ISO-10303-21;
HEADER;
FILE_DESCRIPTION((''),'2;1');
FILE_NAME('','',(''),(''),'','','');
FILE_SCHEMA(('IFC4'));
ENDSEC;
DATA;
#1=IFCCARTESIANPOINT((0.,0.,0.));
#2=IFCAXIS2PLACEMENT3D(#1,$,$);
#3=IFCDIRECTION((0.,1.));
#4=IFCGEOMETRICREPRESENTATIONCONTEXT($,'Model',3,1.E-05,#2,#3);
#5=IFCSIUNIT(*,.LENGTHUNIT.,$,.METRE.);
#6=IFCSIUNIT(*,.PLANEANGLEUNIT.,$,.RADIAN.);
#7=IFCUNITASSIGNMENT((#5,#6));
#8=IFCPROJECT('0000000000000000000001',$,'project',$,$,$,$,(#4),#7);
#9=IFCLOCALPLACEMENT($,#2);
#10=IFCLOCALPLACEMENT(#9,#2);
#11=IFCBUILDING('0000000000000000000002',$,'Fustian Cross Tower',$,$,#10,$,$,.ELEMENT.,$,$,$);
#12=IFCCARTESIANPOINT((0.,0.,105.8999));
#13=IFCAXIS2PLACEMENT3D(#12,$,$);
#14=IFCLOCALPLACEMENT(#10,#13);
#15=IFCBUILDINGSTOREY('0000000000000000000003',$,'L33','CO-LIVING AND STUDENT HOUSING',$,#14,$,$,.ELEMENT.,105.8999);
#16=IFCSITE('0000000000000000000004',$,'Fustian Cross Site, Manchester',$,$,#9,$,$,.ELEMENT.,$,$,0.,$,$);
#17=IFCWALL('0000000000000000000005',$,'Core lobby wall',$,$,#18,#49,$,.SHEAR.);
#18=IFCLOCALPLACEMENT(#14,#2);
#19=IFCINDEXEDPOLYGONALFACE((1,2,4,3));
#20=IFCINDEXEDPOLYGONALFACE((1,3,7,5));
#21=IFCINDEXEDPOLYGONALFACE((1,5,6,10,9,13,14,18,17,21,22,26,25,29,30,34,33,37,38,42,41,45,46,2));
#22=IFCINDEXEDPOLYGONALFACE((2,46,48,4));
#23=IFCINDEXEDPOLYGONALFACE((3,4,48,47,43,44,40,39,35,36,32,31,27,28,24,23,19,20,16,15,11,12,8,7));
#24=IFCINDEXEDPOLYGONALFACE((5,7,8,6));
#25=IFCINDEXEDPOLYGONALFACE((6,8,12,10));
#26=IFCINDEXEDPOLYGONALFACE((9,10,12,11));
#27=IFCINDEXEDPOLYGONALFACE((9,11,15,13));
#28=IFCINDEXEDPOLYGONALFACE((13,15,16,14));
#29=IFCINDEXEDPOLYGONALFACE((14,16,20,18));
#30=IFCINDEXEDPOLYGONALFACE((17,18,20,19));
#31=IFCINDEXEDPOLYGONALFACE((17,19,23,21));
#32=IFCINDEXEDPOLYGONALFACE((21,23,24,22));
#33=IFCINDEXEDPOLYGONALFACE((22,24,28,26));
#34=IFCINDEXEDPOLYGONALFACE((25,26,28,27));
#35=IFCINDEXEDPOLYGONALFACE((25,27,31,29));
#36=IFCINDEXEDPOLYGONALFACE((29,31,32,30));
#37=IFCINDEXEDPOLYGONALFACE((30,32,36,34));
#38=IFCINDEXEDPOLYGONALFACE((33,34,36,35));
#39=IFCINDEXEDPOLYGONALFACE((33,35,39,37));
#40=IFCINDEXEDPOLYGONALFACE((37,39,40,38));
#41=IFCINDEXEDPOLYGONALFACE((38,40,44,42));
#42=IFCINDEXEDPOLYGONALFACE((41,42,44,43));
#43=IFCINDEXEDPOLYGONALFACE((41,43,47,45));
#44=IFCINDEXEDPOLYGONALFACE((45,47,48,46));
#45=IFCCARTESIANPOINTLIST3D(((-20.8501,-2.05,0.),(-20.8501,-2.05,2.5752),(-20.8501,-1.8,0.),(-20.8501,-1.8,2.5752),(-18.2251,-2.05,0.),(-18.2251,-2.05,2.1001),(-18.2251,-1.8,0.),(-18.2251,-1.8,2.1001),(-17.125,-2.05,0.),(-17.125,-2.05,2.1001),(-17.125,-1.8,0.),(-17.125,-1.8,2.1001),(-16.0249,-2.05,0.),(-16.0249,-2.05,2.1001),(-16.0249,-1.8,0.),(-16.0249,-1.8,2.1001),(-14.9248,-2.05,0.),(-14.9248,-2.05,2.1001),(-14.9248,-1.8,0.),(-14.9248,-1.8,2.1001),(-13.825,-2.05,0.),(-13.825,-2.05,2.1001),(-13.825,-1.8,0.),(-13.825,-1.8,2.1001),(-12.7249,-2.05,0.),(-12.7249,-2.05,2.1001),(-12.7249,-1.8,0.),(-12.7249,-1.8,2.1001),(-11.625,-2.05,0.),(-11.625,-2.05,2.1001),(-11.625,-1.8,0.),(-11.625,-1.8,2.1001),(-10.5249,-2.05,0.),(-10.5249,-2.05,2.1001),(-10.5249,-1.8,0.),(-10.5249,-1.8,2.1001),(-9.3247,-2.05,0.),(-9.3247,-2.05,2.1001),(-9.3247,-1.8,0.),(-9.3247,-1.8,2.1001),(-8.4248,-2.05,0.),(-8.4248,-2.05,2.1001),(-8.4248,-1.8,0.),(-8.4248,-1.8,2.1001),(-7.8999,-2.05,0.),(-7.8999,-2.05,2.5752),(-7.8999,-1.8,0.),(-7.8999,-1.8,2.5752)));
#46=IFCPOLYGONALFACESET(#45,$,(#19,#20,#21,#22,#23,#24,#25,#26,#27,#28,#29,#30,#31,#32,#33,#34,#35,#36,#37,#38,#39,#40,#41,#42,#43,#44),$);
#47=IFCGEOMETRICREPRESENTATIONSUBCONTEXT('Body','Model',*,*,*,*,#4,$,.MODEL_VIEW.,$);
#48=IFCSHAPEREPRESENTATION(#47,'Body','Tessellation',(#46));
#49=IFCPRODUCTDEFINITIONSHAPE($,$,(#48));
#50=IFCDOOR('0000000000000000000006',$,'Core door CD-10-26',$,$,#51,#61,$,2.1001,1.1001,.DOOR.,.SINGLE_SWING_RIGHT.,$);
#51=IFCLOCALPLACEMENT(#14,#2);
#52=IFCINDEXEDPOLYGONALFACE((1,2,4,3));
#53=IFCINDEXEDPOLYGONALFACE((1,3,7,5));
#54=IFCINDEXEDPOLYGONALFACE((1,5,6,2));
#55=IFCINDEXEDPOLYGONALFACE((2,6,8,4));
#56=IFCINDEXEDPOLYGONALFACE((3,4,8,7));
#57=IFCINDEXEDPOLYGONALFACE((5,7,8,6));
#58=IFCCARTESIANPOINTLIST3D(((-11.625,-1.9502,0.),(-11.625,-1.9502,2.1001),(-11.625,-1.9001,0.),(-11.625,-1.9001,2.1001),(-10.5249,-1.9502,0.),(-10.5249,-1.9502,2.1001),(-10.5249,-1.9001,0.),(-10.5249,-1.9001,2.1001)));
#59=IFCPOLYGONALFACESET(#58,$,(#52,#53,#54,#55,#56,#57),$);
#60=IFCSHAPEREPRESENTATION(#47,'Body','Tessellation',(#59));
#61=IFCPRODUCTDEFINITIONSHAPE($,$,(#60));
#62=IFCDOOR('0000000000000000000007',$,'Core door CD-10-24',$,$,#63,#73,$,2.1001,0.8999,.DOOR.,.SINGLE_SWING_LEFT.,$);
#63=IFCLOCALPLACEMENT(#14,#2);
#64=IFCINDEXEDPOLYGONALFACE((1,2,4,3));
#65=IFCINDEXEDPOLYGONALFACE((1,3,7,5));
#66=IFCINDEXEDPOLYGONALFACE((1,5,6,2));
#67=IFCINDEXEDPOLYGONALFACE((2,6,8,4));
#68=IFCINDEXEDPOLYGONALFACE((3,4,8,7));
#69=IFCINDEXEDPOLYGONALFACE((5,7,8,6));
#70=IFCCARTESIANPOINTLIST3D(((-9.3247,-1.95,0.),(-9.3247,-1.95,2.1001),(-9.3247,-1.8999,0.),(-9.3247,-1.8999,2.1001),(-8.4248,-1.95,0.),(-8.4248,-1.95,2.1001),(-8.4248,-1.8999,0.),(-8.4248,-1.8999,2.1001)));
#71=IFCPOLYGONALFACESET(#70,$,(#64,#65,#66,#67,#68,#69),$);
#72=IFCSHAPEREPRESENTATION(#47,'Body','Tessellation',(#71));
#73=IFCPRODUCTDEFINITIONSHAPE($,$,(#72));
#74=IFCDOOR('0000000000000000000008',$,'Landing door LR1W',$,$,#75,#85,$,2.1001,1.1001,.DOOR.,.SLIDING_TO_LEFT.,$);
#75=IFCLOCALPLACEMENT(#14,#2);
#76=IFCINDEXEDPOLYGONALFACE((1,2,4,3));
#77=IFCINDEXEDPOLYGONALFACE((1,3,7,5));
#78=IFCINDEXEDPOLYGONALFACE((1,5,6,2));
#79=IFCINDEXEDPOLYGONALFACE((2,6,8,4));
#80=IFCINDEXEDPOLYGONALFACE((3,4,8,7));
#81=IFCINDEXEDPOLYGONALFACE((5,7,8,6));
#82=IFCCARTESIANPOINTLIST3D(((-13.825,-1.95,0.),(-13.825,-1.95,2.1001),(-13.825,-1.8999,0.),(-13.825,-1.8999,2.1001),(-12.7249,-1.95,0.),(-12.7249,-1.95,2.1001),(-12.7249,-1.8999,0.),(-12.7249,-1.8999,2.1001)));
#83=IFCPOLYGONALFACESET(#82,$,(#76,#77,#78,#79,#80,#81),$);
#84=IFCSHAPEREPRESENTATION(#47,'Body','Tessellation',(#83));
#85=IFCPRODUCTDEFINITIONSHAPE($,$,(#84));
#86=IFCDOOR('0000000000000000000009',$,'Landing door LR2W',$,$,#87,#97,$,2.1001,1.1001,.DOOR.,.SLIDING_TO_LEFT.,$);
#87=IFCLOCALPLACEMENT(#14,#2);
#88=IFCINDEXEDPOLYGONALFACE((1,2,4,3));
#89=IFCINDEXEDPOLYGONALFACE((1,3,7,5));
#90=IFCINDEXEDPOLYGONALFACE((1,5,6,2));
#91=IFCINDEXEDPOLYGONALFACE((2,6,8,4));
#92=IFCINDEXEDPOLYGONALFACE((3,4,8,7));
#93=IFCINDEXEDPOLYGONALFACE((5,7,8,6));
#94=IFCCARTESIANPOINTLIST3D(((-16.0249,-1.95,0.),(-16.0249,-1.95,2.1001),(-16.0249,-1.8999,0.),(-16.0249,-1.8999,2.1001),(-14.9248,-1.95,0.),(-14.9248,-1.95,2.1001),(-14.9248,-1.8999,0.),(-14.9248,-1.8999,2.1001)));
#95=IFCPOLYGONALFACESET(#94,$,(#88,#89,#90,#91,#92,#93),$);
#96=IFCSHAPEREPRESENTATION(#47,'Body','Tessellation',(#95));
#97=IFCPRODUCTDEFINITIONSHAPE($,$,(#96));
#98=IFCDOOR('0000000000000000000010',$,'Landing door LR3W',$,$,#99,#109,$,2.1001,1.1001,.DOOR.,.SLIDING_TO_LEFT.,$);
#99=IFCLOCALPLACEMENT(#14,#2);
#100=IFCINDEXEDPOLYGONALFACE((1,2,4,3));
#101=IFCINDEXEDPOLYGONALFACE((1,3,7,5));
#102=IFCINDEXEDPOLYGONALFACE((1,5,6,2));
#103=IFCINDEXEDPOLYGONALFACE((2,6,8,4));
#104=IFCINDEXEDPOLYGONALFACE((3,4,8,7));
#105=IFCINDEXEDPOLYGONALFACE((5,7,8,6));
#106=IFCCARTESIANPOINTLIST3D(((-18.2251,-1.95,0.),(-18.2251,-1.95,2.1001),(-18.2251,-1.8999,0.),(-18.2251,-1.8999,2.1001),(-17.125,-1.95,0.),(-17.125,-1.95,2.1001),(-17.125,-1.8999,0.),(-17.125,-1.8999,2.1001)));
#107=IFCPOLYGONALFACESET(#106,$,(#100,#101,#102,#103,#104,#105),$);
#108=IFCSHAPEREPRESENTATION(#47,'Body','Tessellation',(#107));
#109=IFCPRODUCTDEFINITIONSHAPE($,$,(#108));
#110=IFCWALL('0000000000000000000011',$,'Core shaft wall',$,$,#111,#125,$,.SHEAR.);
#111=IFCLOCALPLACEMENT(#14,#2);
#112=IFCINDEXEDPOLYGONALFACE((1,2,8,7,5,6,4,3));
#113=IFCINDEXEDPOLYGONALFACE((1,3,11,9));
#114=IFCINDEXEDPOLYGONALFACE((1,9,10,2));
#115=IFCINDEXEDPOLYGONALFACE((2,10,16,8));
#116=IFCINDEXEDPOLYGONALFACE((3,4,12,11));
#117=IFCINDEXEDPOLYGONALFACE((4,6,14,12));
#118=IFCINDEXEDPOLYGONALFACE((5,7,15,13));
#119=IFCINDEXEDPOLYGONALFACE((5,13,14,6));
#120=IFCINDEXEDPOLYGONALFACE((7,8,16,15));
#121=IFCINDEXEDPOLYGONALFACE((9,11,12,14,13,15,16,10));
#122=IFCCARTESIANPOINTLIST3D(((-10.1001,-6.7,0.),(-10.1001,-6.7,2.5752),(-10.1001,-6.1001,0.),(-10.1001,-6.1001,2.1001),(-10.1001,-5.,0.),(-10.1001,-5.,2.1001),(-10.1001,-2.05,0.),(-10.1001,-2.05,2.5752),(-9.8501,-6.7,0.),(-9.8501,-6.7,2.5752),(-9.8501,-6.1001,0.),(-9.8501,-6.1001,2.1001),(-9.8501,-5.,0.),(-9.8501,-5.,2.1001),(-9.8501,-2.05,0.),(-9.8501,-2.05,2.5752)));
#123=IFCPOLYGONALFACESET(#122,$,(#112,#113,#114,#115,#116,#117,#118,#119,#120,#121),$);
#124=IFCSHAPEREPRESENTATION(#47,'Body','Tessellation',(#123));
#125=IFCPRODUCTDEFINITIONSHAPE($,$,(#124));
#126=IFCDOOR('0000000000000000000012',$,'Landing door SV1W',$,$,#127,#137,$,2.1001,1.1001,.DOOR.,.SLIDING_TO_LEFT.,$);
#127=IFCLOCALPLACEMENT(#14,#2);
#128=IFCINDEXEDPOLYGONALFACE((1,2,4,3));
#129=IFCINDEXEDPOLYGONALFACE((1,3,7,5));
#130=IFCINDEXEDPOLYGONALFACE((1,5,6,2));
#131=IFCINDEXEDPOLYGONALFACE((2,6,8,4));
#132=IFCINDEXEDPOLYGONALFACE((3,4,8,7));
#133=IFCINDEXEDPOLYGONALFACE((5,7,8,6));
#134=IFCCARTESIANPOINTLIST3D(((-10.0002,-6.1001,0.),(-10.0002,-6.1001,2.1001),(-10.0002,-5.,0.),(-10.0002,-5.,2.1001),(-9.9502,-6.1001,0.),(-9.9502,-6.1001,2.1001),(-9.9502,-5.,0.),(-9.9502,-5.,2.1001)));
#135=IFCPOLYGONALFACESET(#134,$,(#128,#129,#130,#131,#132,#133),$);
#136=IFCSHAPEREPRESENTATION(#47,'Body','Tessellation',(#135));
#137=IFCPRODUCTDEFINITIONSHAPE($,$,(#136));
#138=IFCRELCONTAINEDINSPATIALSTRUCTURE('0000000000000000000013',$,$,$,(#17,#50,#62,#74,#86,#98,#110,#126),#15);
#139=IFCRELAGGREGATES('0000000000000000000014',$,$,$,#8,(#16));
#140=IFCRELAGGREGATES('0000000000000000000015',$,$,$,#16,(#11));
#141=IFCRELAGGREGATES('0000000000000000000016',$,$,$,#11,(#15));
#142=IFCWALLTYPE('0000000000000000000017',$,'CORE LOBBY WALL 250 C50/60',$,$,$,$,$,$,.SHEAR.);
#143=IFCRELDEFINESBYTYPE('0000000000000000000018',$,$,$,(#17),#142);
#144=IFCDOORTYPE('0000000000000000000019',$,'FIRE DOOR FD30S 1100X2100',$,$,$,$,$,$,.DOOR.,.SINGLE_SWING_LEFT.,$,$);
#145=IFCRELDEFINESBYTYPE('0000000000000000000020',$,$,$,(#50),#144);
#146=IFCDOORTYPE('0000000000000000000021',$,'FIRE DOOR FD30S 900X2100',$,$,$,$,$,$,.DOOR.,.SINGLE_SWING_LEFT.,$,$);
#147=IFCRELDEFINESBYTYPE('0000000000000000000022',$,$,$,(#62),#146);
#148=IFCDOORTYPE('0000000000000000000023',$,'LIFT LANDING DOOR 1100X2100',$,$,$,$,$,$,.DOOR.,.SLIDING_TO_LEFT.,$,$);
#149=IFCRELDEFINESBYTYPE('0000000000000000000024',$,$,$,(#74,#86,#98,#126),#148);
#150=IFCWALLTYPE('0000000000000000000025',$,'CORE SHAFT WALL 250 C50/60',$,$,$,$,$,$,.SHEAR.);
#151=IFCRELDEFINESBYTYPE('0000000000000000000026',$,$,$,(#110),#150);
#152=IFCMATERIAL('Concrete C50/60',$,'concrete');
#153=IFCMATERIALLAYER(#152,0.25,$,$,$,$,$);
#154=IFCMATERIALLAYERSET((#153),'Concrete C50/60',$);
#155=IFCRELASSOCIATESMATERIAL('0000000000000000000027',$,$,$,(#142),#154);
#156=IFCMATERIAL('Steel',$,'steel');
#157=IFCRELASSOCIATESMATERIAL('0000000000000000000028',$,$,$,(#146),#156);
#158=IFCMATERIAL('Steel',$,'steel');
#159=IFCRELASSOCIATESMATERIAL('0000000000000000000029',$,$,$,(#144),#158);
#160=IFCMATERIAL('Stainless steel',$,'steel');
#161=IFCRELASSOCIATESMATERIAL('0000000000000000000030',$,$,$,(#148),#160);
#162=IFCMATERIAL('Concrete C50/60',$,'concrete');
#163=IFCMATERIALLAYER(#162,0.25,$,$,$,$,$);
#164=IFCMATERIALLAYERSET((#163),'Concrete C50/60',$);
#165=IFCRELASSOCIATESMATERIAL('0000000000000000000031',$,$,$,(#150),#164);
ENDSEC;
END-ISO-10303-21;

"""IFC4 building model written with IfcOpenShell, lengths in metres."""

from ifc_helpers import new_model, si_unit, direction, frame, frame_2d, origin, place, context, subcontext, project, spatial, rectangle, extrude, material, layer, layer_set, type_object, element, fill, save


model = new_model("IFC4")

# Units and contexts
model_context = context("Model", 3, precision=1e-05, world=origin(), true_north=direction((0.0, 1.0)))
body_context = subcontext(model_context, "Body", "Model", "MODEL_VIEW")
ifc_project = project(units=[si_unit("LENGTHUNIT", "METRE"), si_unit("PLANEANGLEUNIT", "RADIAN")], contexts=[model_context])

# Site, building, storey
site_placement = place(None, origin())
site = spatial("IfcSite", under=ifc_project, at=site_placement, Name="Fustian Cross Site, Manchester", CompositionType="ELEMENT", RefElevation=0.0)
building_placement = place(site_placement, origin())
building = spatial("IfcBuilding", under=site, at=building_placement, Name="Fustian Cross Tower", CompositionType="ELEMENT")
storey_placement = place(building_placement, frame((0.0, 0.0, 105.8999)))
storey = spatial("IfcBuildingStorey", under=building, at=storey_placement, Name="L33", Description="CO-LIVING AND STUDENT HOUSING", CompositionType="ELEMENT", Elevation=105.8999)

# Wall, openings, doors
ifc_material_1 = material(Name="Concrete C50/60", Category="concrete")
ifc_layer_1 = layer(ifc_material_1, 0.25)
ifc_layer_set_1 = layer_set([ifc_layer_1], Name="Concrete C50/60")
wall_type_1 = type_object("IfcWallType", Name="CORE LOBBY WALL 250 C50/60", PredefinedType="SHEAR", material=ifc_layer_set_1)
ifc_material_2 = material(Name="Steel", Category="steel")
door_type_1 = type_object("IfcDoorType", Name="FIRE DOOR FD30S 900X2100", OperationType="SINGLE_SWING_LEFT", PredefinedType="DOOR", material=ifc_material_2)
wall_1_placement = place(storey_placement, frame((-7.8999, -1.925, 0.0), z_axis=(0.0, 0.0, 1.0), x_axis=(-1.0, 0.0, 0.0)))
wall_1 = element("IfcWall", 1, at=wall_1_placement, inside=storey, type_object=wall_type_1, Name="Core lobby wall", PredefinedType="SHEAR", context=body_context, shape_type="SweptSolid", body=[
    extrude(rectangle(XDim=12.9502, YDim=0.25, at=frame_2d((6.4751, 0.0))), origin(), (0.0, 0.0, 1.0), 2.5752),
])
opening_1_placement = place(wall_1_placement, frame((4.825, 0.0, 0.0)))
opening_1 = element("IfcOpeningElement", 2, at=opening_1_placement, cuts=wall_1, PredefinedType="OPENING", context=body_context, shape_type="SweptSolid", body=[
    extrude(rectangle(XDim=1.1001, YDim=2.1001, at=frame_2d((0.55, 1.05))), frame((0.0, 0.135, 0.0), z_axis=(0.0, -1.0, 0.0), x_axis=(1.0, 0.0, 0.0)), (0.0, 0.0, 1.0), 0.27),
])
opening_2_placement = place(wall_1_placement, frame((7.0249, 0.0, 0.0)))
opening_2 = element("IfcOpeningElement", 3, at=opening_2_placement, cuts=wall_1, PredefinedType="OPENING", context=body_context, shape_type="SweptSolid", body=[
    extrude(rectangle(XDim=1.1001, YDim=2.1001, at=frame_2d((0.55, 1.05))), frame((0.0, 0.135, 0.0), z_axis=(0.0, -1.0, 0.0), x_axis=(1.0, 0.0, 0.0)), (0.0, 0.0, 1.0), 0.27),
])
opening_3_placement = place(wall_1_placement, frame((9.2251, 0.0, 0.0)))
opening_3 = element("IfcOpeningElement", 4, at=opening_3_placement, cuts=wall_1, PredefinedType="OPENING", context=body_context, shape_type="SweptSolid", body=[
    extrude(rectangle(XDim=1.1001, YDim=2.1001, at=frame_2d((0.55, 1.05))), frame((0.0, 0.135, 0.0), z_axis=(0.0, -1.0, 0.0), x_axis=(1.0, 0.0, 0.0)), (0.0, 0.0, 1.0), 0.27),
])
opening_4_placement = place(wall_1_placement, frame((0.5249, 0.0, 0.0)))
opening_4 = element("IfcOpeningElement", 5, at=opening_4_placement, cuts=wall_1, PredefinedType="OPENING", context=body_context, shape_type="SweptSolid", body=[
    extrude(rectangle(XDim=0.8999, YDim=2.1001, at=frame_2d((0.45, 1.05))), frame((0.0, 0.135, 0.0), z_axis=(0.0, -1.0, 0.0), x_axis=(1.0, 0.0, 0.0)), (0.0, 0.0, 1.0), 0.27),
])
opening_5_placement = place(wall_1_placement, frame((2.625, 0.0, 0.0)))
opening_5 = element("IfcOpeningElement", 6, at=opening_5_placement, cuts=wall_1, PredefinedType="OPENING", context=body_context, shape_type="SweptSolid", body=[
    extrude(rectangle(XDim=1.1001, YDim=2.1001, at=frame_2d((0.55, 1.05))), frame((0.0, 0.135, 0.0), z_axis=(0.0, -1.0, 0.0), x_axis=(1.0, 0.0, 0.0)), (0.0, 0.0, 1.0), 0.27),
])
ifc_material_3 = material(Name="Steel", Category="steel")
door_type_2 = type_object("IfcDoorType", Name="FIRE DOOR FD30S 1100X2100", OperationType="SINGLE_SWING_LEFT", PredefinedType="DOOR", material=ifc_material_3)
door_1_placement = place(opening_5_placement, frame((1.1001, 0.0, 0.0), z_axis=(0.0, 0.0, 1.0), x_axis=(-1.0, 0.0, 0.0)))
door_1 = element("IfcDoor", 7, at=door_1_placement, inside=storey, type_object=door_type_2, Name="Core door CD-10-26", OperationType="SINGLE_SWING_RIGHT", OverallHeight=2.1001, OverallWidth=1.1001, PredefinedType="DOOR", context=body_context, shape_type="SweptSolid", body=[
    extrude(rectangle(XDim=1.1001, YDim=2.1001, at=frame_2d((0.55, 1.05))), frame((0.0, 0.0249, 0.0), z_axis=(0.0, -1.0, 0.0), x_axis=(1.0, 0.0, 0.0)), (0.0, 0.0, 1.0), 0.05),
])
fill(opening_5, door_1)
door_2_placement = place(opening_4_placement, origin())
door_2 = element("IfcDoor", 8, at=door_2_placement, inside=storey, type_object=door_type_1, Name="Core door CD-10-24", OperationType="SINGLE_SWING_LEFT", OverallHeight=2.1001, OverallWidth=0.8999, PredefinedType="DOOR", context=body_context, shape_type="SweptSolid", body=[
    extrude(rectangle(XDim=0.8999, YDim=2.1001, at=frame_2d((0.45, 1.05))), frame((0.0, 0.0249, 0.0), z_axis=(0.0, -1.0, 0.0), x_axis=(1.0, 0.0, 0.0)), (0.0, 0.0, 1.0), 0.05),
])
fill(opening_4, door_2)
ifc_material_4 = material(Name="Stainless steel", Category="steel")
door_type_3 = type_object("IfcDoorType", Name="LIFT LANDING DOOR 1100X2100", OperationType="SLIDING_TO_LEFT", PredefinedType="DOOR", material=ifc_material_4)
door_3_placement = place(opening_1_placement, origin())
door_3 = element("IfcDoor", 9, at=door_3_placement, inside=storey, type_object=door_type_3, Name="Landing door LR1W", OperationType="SLIDING_TO_LEFT", OverallHeight=2.1001, OverallWidth=1.1001, PredefinedType="DOOR", context=body_context, shape_type="SweptSolid", body=[
    extrude(rectangle(XDim=1.1001, YDim=2.1001, at=frame_2d((0.55, 1.05))), frame((0.0, 0.0249, 0.0), z_axis=(0.0, -1.0, 0.0), x_axis=(1.0, 0.0, 0.0)), (0.0, 0.0, 1.0), 0.05),
])
fill(opening_1, door_3)
door_4_placement = place(opening_2_placement, origin())
door_4 = element("IfcDoor", 10, at=door_4_placement, inside=storey, type_object=door_type_3, Name="Landing door LR2W", OperationType="SLIDING_TO_LEFT", OverallHeight=2.1001, OverallWidth=1.1001, PredefinedType="DOOR", context=body_context, shape_type="SweptSolid", body=[
    extrude(rectangle(XDim=1.1001, YDim=2.1001, at=frame_2d((0.55, 1.05))), frame((0.0, 0.0249, 0.0), z_axis=(0.0, -1.0, 0.0), x_axis=(1.0, 0.0, 0.0)), (0.0, 0.0, 1.0), 0.05),
])
fill(opening_2, door_4)
door_5_placement = place(opening_3_placement, origin())
door_5 = element("IfcDoor", 11, at=door_5_placement, inside=storey, type_object=door_type_3, Name="Landing door LR3W", OperationType="SLIDING_TO_LEFT", OverallHeight=2.1001, OverallWidth=1.1001, PredefinedType="DOOR", context=body_context, shape_type="SweptSolid", body=[
    extrude(rectangle(XDim=1.1001, YDim=2.1001, at=frame_2d((0.55, 1.05))), frame((0.0, 0.0249, 0.0), z_axis=(0.0, -1.0, 0.0), x_axis=(1.0, 0.0, 0.0)), (0.0, 0.0, 1.0), 0.05),
])
fill(opening_3, door_5)

# Wall, opening, door
ifc_material_5 = material(Name="Concrete C50/60", Category="concrete")
ifc_layer_2 = layer(ifc_material_5, 0.25)
ifc_layer_set_2 = layer_set([ifc_layer_2], Name="Concrete C50/60")
wall_type_2 = type_object("IfcWallType", Name="CORE SHAFT WALL 250 C50/60", PredefinedType="SHEAR", material=ifc_layer_set_2)
wall_2_placement = place(storey_placement, frame((-9.9751, -2.05, 0.0), z_axis=(0.0, 0.0, 1.0), x_axis=(0.0, -1.0, 0.0)))
wall_2 = element("IfcWall", 12, at=wall_2_placement, inside=storey, type_object=wall_type_2, Name="Core shaft wall", PredefinedType="SHEAR", context=body_context, shape_type="SweptSolid", body=[
    extrude(rectangle(XDim=4.6499, YDim=0.25, at=frame_2d((2.325, 0.0))), origin(), (0.0, 0.0, 1.0), 2.5752),
])
opening_6_placement = place(wall_2_placement, frame((2.95, 0.0, 0.0)))
opening_6 = element("IfcOpeningElement", 13, at=opening_6_placement, cuts=wall_2, PredefinedType="OPENING", context=body_context, shape_type="SweptSolid", body=[
    extrude(rectangle(XDim=1.1001, YDim=2.1001, at=frame_2d((0.55, 1.05))), frame((0.0, 0.135, 0.0), z_axis=(0.0, -1.0, 0.0), x_axis=(1.0, 0.0, 0.0)), (0.0, 0.0, 1.0), 0.27),
])
door_6_placement = place(opening_6_placement, origin())
door_6 = element("IfcDoor", 14, at=door_6_placement, inside=storey, type_object=door_type_3, Name="Landing door SV1W", OperationType="SLIDING_TO_LEFT", OverallHeight=2.1001, OverallWidth=1.1001, PredefinedType="DOOR", context=body_context, shape_type="SweptSolid", body=[
    extrude(rectangle(XDim=1.1001, YDim=2.1001, at=frame_2d((0.55, 1.05))), frame((0.0, 0.0249, 0.0), z_axis=(0.0, -1.0, 0.0), x_axis=(1.0, 0.0, 0.0)), (0.0, 0.0, 1.0), 0.05),
])
fill(opening_6, door_6)

save(model, "model.ifc")
